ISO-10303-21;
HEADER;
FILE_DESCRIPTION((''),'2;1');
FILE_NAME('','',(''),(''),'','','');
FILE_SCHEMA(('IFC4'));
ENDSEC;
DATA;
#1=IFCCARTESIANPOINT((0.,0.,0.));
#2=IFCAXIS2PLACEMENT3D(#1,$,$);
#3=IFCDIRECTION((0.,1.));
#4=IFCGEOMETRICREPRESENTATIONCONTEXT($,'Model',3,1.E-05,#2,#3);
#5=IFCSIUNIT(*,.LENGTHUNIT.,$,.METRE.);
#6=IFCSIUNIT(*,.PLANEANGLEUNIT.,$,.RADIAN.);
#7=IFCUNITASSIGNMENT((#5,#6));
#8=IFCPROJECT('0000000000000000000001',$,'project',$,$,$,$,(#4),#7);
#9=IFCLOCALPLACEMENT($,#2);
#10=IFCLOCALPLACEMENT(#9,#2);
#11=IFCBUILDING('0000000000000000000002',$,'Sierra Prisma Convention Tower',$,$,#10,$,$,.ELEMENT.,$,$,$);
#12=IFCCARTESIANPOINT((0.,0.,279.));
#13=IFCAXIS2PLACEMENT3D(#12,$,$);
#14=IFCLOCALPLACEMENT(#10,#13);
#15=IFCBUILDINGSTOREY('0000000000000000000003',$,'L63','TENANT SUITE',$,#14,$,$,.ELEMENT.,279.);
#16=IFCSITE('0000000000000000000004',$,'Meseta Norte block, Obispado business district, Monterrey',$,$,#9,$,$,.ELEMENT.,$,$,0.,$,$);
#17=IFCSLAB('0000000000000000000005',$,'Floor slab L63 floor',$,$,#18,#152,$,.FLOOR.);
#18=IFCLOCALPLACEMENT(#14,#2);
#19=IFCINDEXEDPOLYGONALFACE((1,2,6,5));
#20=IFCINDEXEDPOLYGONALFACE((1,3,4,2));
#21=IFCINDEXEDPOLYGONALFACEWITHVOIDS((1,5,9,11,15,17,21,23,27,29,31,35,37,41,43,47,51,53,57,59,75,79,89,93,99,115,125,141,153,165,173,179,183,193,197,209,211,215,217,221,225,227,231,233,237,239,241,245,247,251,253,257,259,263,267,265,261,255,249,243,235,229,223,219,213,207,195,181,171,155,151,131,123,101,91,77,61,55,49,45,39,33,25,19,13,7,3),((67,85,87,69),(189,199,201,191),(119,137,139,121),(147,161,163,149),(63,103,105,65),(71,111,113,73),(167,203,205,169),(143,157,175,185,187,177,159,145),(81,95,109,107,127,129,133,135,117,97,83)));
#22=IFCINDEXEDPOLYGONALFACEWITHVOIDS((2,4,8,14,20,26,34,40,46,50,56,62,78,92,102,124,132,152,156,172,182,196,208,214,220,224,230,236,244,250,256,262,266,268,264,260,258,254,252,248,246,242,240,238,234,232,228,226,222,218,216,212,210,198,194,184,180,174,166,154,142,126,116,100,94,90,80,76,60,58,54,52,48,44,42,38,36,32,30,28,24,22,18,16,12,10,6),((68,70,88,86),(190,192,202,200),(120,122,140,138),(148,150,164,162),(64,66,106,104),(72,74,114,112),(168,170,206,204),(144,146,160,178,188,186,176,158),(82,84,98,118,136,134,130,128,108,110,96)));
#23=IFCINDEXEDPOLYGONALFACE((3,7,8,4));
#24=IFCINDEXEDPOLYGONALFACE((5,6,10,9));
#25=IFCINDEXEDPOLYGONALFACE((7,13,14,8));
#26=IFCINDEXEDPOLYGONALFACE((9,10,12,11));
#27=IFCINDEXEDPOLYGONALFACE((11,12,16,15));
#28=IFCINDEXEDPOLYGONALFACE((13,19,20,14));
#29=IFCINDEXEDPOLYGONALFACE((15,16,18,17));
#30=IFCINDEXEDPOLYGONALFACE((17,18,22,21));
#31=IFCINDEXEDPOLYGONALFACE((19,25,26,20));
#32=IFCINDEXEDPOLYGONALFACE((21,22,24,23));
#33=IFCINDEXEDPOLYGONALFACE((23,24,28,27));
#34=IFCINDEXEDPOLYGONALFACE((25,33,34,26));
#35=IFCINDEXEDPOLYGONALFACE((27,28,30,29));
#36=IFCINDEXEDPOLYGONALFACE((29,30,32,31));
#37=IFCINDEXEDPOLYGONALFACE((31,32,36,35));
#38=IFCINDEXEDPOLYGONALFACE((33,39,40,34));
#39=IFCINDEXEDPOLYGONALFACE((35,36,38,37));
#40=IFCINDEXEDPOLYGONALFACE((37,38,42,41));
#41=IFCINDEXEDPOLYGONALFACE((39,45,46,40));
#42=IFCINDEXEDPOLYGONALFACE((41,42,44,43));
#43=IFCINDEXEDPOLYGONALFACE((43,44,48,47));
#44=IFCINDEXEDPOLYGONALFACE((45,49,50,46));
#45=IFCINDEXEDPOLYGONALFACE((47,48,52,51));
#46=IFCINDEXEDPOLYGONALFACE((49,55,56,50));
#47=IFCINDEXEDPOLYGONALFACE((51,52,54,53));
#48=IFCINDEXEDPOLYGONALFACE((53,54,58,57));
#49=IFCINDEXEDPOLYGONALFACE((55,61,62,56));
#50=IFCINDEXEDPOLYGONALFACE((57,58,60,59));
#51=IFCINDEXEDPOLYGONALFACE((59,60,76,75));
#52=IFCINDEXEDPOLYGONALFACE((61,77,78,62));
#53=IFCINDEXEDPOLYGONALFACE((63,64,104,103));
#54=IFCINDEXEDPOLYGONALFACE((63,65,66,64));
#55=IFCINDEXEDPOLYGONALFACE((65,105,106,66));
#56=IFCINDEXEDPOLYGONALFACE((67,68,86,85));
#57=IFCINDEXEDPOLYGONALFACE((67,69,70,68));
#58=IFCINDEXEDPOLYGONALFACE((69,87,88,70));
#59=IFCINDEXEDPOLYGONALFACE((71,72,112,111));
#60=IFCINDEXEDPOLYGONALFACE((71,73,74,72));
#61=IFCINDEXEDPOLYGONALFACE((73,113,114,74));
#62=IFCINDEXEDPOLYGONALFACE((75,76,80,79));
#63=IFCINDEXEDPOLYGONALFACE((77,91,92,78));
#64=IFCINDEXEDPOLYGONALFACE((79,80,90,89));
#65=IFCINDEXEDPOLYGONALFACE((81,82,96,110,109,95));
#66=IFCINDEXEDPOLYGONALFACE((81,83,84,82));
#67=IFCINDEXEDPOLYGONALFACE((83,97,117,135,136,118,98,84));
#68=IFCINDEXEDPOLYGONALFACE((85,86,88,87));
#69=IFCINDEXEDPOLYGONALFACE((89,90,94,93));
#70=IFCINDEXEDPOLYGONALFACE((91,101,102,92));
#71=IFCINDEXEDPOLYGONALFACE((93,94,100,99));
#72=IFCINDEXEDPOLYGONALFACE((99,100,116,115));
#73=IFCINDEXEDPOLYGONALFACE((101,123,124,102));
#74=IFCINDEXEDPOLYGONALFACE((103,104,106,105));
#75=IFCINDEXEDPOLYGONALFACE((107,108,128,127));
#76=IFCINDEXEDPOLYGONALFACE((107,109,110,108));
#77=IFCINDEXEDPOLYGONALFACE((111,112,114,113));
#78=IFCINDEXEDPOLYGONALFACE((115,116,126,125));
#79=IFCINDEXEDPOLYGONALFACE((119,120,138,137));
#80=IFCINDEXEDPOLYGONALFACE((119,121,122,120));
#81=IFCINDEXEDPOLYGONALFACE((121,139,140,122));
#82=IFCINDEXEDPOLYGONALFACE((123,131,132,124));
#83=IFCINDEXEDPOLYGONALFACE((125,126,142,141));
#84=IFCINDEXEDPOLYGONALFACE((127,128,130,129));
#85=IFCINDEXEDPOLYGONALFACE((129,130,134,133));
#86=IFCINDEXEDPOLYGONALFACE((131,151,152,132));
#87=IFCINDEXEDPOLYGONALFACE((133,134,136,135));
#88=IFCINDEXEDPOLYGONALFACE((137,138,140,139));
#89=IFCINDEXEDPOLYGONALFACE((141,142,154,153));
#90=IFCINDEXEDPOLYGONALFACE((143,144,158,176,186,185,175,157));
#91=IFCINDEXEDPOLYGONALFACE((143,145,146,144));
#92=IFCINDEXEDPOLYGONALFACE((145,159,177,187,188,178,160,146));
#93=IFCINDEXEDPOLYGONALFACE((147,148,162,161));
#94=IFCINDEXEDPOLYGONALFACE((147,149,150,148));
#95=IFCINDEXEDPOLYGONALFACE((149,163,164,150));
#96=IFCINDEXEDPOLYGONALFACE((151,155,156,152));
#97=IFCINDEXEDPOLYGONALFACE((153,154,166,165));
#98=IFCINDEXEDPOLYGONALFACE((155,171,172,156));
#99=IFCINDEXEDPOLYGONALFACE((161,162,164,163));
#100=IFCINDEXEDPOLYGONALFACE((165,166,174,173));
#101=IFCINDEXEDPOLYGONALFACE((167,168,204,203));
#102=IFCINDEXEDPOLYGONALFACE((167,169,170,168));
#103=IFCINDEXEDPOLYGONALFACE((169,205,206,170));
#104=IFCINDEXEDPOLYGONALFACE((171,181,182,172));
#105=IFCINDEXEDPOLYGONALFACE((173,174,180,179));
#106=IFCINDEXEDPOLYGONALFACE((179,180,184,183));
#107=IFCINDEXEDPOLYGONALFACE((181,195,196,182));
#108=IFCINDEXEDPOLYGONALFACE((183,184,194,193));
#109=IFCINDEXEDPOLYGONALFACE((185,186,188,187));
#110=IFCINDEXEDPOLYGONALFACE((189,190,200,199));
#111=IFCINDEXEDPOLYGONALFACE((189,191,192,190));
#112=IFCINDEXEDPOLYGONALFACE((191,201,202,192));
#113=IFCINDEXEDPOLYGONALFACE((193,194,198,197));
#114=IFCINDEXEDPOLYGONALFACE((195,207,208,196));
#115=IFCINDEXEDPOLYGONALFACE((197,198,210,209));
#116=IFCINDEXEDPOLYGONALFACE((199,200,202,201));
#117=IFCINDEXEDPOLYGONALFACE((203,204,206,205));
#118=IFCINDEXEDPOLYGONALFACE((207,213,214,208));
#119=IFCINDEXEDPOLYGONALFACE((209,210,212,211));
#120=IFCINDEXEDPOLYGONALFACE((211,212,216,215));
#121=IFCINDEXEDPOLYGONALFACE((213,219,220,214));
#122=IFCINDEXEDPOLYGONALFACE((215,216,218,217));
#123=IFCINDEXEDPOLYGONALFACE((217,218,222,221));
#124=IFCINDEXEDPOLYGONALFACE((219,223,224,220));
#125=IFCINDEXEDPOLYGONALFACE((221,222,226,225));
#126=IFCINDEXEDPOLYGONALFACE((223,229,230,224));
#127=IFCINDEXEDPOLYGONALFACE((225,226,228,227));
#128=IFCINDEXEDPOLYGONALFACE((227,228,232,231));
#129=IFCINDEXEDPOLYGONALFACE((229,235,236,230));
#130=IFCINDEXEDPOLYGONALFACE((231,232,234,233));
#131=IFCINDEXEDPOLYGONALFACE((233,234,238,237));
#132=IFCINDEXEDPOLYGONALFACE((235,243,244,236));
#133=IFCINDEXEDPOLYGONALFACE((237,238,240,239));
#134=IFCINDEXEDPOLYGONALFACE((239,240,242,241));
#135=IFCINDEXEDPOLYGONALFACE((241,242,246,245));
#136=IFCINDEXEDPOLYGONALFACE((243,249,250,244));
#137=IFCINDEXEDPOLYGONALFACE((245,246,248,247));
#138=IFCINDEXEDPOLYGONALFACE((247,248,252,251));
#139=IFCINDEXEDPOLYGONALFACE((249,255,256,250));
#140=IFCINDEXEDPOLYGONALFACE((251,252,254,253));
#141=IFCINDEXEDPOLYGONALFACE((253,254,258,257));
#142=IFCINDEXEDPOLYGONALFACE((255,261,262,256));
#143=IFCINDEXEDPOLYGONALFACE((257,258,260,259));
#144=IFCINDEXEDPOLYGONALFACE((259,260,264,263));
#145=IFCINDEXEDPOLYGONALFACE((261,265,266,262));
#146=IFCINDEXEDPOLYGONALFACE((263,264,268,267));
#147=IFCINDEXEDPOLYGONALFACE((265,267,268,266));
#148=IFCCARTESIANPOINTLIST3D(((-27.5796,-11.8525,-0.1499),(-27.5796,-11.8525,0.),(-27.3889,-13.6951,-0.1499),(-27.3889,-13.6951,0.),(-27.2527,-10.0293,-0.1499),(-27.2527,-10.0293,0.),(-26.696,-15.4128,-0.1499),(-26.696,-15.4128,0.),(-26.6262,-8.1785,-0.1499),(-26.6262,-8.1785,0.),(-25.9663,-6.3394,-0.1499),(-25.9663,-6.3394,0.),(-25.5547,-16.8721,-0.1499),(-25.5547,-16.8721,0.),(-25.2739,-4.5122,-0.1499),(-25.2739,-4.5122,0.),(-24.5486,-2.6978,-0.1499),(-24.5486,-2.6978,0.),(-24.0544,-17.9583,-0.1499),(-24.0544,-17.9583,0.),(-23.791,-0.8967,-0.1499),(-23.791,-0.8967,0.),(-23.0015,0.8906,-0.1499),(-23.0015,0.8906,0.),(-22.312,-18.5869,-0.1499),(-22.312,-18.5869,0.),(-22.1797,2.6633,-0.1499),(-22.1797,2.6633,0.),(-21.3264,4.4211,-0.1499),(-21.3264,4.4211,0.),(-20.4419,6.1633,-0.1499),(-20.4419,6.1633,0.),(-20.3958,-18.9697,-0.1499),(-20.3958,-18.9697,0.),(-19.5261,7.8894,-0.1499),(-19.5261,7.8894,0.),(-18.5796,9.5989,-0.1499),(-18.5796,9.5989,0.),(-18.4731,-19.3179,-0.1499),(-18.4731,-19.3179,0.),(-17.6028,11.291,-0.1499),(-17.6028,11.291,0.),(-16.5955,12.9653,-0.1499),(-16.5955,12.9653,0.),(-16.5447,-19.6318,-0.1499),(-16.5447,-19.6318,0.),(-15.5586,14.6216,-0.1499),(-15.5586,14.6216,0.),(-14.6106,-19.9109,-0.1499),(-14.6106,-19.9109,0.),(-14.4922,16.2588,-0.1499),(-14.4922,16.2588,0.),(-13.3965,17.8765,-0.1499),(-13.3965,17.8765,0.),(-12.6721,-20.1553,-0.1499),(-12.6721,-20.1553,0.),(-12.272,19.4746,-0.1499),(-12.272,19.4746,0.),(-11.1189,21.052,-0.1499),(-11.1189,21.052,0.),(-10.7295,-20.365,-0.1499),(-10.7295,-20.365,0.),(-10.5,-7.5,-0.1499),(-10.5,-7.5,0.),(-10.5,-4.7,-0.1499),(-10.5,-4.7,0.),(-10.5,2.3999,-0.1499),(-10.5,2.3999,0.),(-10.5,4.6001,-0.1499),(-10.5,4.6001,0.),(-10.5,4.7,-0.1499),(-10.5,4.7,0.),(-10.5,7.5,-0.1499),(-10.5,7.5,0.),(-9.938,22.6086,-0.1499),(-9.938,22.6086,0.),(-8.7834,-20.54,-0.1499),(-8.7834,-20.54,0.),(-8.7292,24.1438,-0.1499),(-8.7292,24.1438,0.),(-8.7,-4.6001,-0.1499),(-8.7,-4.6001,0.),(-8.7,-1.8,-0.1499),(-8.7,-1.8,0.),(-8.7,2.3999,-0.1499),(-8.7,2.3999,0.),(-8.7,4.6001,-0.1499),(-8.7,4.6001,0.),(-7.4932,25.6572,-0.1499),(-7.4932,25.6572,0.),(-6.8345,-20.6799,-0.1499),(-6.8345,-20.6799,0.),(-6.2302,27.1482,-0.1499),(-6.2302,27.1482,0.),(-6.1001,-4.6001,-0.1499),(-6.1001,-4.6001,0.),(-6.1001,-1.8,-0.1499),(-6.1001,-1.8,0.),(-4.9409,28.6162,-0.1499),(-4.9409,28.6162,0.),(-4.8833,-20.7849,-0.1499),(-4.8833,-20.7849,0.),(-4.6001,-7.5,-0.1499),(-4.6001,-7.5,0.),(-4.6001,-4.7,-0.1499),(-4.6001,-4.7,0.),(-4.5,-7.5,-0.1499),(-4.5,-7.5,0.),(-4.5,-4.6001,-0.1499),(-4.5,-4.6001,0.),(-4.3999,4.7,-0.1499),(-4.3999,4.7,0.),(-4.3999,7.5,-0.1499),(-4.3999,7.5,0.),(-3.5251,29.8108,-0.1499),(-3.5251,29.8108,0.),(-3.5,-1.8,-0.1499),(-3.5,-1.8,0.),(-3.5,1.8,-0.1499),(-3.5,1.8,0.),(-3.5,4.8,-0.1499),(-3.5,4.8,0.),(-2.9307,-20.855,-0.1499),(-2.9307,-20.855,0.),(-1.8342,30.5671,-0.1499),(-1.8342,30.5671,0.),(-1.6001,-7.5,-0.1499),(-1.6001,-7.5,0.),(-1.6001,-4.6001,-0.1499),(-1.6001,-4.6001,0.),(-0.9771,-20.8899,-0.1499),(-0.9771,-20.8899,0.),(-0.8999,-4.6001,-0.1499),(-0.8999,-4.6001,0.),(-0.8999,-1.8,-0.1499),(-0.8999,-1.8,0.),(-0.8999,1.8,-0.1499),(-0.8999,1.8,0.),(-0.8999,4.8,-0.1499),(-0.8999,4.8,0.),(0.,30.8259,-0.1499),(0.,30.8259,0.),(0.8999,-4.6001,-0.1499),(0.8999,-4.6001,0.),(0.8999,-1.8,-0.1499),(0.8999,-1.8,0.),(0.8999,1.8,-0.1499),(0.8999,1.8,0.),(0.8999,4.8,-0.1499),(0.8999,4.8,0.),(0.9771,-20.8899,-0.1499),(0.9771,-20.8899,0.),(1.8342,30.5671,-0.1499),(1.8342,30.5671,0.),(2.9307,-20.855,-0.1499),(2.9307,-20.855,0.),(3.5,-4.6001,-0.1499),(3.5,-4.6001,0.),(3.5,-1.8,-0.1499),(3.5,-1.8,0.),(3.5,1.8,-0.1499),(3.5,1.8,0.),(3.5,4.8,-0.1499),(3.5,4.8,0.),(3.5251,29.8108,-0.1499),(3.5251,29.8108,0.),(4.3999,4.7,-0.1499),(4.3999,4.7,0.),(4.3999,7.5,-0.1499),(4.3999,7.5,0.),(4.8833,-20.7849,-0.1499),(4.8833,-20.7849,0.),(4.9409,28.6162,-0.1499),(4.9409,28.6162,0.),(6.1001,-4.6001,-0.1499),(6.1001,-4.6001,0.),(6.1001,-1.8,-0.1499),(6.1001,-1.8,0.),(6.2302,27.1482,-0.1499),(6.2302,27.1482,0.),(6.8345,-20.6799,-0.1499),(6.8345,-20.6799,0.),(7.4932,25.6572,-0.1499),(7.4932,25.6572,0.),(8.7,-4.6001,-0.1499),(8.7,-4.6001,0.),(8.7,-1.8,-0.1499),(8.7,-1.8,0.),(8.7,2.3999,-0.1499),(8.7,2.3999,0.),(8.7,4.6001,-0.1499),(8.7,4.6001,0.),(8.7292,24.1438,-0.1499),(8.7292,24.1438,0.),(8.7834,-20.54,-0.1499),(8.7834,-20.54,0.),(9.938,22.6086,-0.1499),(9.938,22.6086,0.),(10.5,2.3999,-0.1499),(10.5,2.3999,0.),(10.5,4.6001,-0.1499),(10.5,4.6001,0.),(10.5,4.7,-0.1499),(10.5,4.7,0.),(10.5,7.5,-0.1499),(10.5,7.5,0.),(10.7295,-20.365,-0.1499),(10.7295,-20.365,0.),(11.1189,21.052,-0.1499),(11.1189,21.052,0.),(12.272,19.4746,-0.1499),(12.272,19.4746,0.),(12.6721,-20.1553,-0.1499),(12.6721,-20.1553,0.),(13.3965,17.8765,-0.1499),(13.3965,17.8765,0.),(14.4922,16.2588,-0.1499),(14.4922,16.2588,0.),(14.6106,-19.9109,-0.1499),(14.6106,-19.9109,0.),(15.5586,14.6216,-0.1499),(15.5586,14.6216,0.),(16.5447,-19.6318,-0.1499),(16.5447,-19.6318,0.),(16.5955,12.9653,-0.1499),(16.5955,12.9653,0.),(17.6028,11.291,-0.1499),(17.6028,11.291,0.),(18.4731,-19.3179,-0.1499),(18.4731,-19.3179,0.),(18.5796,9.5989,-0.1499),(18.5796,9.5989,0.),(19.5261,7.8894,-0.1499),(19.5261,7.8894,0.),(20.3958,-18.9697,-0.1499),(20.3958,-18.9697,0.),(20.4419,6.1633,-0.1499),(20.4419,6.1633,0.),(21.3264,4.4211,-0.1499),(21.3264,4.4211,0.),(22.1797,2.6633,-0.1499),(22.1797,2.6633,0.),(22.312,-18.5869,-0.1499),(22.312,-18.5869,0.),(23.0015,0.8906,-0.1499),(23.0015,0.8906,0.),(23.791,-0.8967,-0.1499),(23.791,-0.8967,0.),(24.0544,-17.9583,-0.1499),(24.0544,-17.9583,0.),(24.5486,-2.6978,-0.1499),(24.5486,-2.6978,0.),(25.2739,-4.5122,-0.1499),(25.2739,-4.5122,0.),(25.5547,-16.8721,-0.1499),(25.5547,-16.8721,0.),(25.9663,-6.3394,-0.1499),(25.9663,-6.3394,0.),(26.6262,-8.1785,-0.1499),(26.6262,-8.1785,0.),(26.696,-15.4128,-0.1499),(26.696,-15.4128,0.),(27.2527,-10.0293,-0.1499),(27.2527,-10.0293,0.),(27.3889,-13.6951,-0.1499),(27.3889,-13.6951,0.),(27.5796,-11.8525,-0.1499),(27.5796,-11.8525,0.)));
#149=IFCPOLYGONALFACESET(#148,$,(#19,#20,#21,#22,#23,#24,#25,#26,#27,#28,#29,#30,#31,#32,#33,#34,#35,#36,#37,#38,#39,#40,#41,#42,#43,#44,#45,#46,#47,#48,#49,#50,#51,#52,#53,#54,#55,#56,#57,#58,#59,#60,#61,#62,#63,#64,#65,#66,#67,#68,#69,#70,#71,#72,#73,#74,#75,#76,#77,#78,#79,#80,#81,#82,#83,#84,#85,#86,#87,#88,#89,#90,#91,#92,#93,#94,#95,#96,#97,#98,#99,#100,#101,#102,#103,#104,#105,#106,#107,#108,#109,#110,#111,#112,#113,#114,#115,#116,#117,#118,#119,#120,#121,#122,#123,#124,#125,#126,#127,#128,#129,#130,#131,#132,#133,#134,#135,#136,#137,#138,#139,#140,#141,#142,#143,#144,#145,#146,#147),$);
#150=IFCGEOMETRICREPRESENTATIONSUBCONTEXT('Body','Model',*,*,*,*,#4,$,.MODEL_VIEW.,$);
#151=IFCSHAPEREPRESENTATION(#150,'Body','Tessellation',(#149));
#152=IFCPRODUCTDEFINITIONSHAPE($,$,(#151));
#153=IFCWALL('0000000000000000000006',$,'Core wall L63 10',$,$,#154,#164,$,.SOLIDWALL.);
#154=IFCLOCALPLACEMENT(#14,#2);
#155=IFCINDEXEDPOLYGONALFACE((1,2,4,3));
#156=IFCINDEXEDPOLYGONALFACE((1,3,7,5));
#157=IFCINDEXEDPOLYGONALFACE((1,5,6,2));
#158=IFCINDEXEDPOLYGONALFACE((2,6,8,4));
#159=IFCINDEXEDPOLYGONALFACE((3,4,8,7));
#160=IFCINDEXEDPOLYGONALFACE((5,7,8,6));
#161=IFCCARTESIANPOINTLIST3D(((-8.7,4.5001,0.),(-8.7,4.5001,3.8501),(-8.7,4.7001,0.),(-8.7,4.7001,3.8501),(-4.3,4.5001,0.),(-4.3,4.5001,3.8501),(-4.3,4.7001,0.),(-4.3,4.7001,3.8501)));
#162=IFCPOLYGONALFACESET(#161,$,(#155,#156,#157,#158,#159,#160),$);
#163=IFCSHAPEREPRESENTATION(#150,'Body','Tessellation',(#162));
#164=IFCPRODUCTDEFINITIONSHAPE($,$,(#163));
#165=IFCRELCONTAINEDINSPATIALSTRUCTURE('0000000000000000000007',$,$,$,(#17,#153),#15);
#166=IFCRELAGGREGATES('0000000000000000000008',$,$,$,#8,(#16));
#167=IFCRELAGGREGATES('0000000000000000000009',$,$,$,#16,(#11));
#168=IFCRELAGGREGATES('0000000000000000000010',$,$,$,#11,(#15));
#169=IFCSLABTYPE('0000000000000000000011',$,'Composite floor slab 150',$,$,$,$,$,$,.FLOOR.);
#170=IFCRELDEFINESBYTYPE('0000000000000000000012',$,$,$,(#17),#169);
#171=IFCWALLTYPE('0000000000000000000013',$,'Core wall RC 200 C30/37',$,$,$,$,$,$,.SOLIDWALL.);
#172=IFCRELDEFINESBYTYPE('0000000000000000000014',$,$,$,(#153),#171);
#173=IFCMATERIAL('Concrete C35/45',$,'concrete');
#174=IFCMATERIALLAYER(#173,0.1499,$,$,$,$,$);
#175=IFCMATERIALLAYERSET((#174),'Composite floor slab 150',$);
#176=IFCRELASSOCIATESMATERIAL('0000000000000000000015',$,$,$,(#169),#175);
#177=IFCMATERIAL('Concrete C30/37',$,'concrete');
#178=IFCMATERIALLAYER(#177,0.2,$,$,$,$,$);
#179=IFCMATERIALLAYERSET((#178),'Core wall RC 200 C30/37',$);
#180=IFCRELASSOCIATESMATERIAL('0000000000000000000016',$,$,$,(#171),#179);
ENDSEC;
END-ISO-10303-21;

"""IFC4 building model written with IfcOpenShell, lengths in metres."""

from ifc_helpers import new_model, si_unit, direction, frame, frame_2d, origin, place, context, subcontext, project, spatial, polyline, rectangle, outline, extrude, material, layer, layer_set, type_object, element, save


model = new_model("IFC4")

# Units and contexts
model_context = context("Model", 3, precision=1e-05, world=origin(), true_north=direction((0.0, 1.0)))
body_context = subcontext(model_context, "Body", "Model", "MODEL_VIEW")
ifc_project = project(units=[si_unit("LENGTHUNIT", "METRE"), si_unit("PLANEANGLEUNIT", "RADIAN")], contexts=[model_context])

# Site, building, storey
site_placement = place(None, origin())
site = spatial("IfcSite", under=ifc_project, at=site_placement, Name="Meseta Norte block, Obispado business district, Monterrey", CompositionType="ELEMENT", RefElevation=0.0)
building_placement = place(site_placement, origin())
building = spatial("IfcBuilding", under=site, at=building_placement, Name="Sierra Prisma Convention Tower", CompositionType="ELEMENT")
storey_placement = place(building_placement, frame((0.0, 0.0, 279.0)))
storey = spatial("IfcBuildingStorey", under=building, at=storey_placement, Name="L63", Description="TENANT SUITE", CompositionType="ELEMENT", Elevation=279.0)

# Slab
ifc_material_1 = material(Name="Concrete C35/45", Category="concrete")
ifc_layer_1 = layer(ifc_material_1, 0.1499)
ifc_layer_set_1 = layer_set([ifc_layer_1], Name="Composite floor slab 150")
slab_type = type_object("IfcSlabType", Name="Composite floor slab 150", PredefinedType="FLOOR", material=ifc_layer_set_1)
slab_placement = place(storey_placement, frame((0.0, 0.0, -0.1499)))
element("IfcSlab", 1, at=slab_placement, inside=storey, type_object=slab_type, Name="Floor slab L63 floor", PredefinedType="FLOOR", context=body_context, shape_type="SweptSolid", body=[
    extrude(outline(polyline([(-22.312, -18.5869), (-20.3958, -18.9697), (-18.4731, -19.3179), (-16.5447, -19.6318), (-14.6106, -19.9109), (-12.6721, -20.1553), (-10.7295, -20.365), (-8.7834, -20.54), (-6.8345, -20.6799), (-4.8833, -20.7849), (-2.9307, -20.855), (-0.9771, -20.8899), (0.9771, -20.8899), (2.9307, -20.855), (4.8833, -20.7849), (6.8345, -20.6799), (8.7834, -20.54), (10.7295, -20.365), (12.6721, -20.1553), (14.6106, -19.9109), (16.5447, -19.6318), (18.4731, -19.3179), (20.3958, -18.9697), (22.312, -18.5869), (24.0544, -17.9583), (25.5547, -16.8721), (26.696, -15.4128), (27.3889, -13.6951), (27.5796, -11.8525), (27.2527, -10.0293), (26.6262, -8.1785), (25.9663, -6.3394), (25.2739, -4.5122), (24.5486, -2.6978), (23.791, -0.8967), (23.0015, 0.8906), (22.1797, 2.6633), (21.3264, 4.4211), (20.4419, 6.1633), (19.5261, 7.8894), (18.5796, 9.5989), (17.6028, 11.291), (16.5955, 12.9653), (15.5586, 14.6216), (14.4922, 16.2588), (13.3965, 17.8765), (12.272, 19.4746), (11.1189, 21.052), (9.938, 22.6086), (8.7292, 24.1438), (7.4932, 25.6572), (6.2302, 27.1482), (4.9409, 28.6162), (3.5251, 29.8108), (1.8342, 30.5671), (0.0, 30.8259), (-1.8342, 30.5671), (-3.5251, 29.8108), (-4.9409, 28.6162), (-6.2302, 27.1482), (-7.4932, 25.6572), (-8.7292, 24.1438), (-9.938, 22.6086), (-11.1189, 21.052), (-12.272, 19.4746), (-13.3965, 17.8765), (-14.4922, 16.2588), (-15.5586, 14.6216), (-16.5955, 12.9653), (-17.6028, 11.291), (-18.5796, 9.5989), (-19.5261, 7.8894), (-20.4419, 6.1633), (-21.3264, 4.4211), (-22.1797, 2.6633), (-23.0015, 0.8906), (-23.791, -0.8967), (-24.5486, -2.6978), (-25.2739, -4.5122), (-25.9663, -6.3394), (-26.6262, -8.1785), (-27.2527, -10.0293), (-27.5796, -11.8525), (-27.3889, -13.6951), (-26.696, -15.4128), (-25.5547, -16.8721), (-24.0544, -17.9583), (-22.312, -18.5869)]), holes=[polyline([(-4.6001, -4.7), (-4.6001, -7.5), (-10.5, -7.5), (-10.5, -4.7), (-4.6001, -4.7)]), polyline([(-4.5, -7.5), (-4.5, -4.6001), (-6.1001, -4.6001), (-8.7, -4.6001), (-8.7, -1.8), (-6.1001, -1.8), (-3.5, -1.8), (-0.8999, -1.8), (-0.8999, -4.6001), (-1.6001, -4.6001), (-1.6001, -7.5), (-4.5, -7.5)]), polyline([(-8.7, 2.3999), (-10.5, 2.3999), (-10.5, 4.6001), (-8.7, 4.6001), (-8.7, 2.3999)]), polyline([(-4.3999, 4.7), (-10.5, 4.7), (-10.5, 7.5), (-4.3999, 7.5), (-4.3999, 4.7)]), polyline([(3.5, -1.8), (6.1001, -1.8), (8.7, -1.8), (8.7, -4.6001), (6.1001, -4.6001), (3.5, -4.6001), (0.8999, -4.6001), (0.8999, -1.8), (3.5, -1.8)]), polyline([(-0.8999, 1.8), (-3.5, 1.8), (-3.5, 4.8), (-0.8999, 4.8), (-0.8999, 1.8)]), polyline([(3.5, 1.8), (0.8999, 1.8), (0.8999, 4.8), (3.5, 4.8), (3.5, 1.8)]), polyline([(10.5, 2.3999), (8.7, 2.3999), (8.7, 4.6001), (10.5, 4.6001), (10.5, 2.3999)]), polyline([(10.5, 4.7), (4.3999, 4.7), (4.3999, 7.5), (10.5, 7.5), (10.5, 4.7)])]), origin(), (0.0, 0.0, 1.0), 0.1499),
])

# Wall
ifc_material_2 = material(Name="Concrete C30/37", Category="concrete")
ifc_layer_2 = layer(ifc_material_2, 0.2)
ifc_layer_set_2 = layer_set([ifc_layer_2], Name="Core wall RC 200 C30/37")
wall_type = type_object("IfcWallType", Name="Core wall RC 200 C30/37", PredefinedType="SOLIDWALL", material=ifc_layer_set_2)
wall_1_placement = place(storey_placement, frame((-4.3, 4.6001, 0.0), z_axis=(0.0, 0.0, 1.0), x_axis=(-1.0, 0.0, 0.0)))
element("IfcWall", 2, at=wall_1_placement, inside=storey, type_object=wall_type, Name="Core wall L63 10", PredefinedType="SOLIDWALL", context=body_context, shape_type="SweptSolid", body=[
    extrude(rectangle(XDim=4.3999, YDim=0.2, at=frame_2d((2.2, 0.0))), origin(), (0.0, 0.0, 1.0), 3.8501),
])

save(model, "model.ifc")
